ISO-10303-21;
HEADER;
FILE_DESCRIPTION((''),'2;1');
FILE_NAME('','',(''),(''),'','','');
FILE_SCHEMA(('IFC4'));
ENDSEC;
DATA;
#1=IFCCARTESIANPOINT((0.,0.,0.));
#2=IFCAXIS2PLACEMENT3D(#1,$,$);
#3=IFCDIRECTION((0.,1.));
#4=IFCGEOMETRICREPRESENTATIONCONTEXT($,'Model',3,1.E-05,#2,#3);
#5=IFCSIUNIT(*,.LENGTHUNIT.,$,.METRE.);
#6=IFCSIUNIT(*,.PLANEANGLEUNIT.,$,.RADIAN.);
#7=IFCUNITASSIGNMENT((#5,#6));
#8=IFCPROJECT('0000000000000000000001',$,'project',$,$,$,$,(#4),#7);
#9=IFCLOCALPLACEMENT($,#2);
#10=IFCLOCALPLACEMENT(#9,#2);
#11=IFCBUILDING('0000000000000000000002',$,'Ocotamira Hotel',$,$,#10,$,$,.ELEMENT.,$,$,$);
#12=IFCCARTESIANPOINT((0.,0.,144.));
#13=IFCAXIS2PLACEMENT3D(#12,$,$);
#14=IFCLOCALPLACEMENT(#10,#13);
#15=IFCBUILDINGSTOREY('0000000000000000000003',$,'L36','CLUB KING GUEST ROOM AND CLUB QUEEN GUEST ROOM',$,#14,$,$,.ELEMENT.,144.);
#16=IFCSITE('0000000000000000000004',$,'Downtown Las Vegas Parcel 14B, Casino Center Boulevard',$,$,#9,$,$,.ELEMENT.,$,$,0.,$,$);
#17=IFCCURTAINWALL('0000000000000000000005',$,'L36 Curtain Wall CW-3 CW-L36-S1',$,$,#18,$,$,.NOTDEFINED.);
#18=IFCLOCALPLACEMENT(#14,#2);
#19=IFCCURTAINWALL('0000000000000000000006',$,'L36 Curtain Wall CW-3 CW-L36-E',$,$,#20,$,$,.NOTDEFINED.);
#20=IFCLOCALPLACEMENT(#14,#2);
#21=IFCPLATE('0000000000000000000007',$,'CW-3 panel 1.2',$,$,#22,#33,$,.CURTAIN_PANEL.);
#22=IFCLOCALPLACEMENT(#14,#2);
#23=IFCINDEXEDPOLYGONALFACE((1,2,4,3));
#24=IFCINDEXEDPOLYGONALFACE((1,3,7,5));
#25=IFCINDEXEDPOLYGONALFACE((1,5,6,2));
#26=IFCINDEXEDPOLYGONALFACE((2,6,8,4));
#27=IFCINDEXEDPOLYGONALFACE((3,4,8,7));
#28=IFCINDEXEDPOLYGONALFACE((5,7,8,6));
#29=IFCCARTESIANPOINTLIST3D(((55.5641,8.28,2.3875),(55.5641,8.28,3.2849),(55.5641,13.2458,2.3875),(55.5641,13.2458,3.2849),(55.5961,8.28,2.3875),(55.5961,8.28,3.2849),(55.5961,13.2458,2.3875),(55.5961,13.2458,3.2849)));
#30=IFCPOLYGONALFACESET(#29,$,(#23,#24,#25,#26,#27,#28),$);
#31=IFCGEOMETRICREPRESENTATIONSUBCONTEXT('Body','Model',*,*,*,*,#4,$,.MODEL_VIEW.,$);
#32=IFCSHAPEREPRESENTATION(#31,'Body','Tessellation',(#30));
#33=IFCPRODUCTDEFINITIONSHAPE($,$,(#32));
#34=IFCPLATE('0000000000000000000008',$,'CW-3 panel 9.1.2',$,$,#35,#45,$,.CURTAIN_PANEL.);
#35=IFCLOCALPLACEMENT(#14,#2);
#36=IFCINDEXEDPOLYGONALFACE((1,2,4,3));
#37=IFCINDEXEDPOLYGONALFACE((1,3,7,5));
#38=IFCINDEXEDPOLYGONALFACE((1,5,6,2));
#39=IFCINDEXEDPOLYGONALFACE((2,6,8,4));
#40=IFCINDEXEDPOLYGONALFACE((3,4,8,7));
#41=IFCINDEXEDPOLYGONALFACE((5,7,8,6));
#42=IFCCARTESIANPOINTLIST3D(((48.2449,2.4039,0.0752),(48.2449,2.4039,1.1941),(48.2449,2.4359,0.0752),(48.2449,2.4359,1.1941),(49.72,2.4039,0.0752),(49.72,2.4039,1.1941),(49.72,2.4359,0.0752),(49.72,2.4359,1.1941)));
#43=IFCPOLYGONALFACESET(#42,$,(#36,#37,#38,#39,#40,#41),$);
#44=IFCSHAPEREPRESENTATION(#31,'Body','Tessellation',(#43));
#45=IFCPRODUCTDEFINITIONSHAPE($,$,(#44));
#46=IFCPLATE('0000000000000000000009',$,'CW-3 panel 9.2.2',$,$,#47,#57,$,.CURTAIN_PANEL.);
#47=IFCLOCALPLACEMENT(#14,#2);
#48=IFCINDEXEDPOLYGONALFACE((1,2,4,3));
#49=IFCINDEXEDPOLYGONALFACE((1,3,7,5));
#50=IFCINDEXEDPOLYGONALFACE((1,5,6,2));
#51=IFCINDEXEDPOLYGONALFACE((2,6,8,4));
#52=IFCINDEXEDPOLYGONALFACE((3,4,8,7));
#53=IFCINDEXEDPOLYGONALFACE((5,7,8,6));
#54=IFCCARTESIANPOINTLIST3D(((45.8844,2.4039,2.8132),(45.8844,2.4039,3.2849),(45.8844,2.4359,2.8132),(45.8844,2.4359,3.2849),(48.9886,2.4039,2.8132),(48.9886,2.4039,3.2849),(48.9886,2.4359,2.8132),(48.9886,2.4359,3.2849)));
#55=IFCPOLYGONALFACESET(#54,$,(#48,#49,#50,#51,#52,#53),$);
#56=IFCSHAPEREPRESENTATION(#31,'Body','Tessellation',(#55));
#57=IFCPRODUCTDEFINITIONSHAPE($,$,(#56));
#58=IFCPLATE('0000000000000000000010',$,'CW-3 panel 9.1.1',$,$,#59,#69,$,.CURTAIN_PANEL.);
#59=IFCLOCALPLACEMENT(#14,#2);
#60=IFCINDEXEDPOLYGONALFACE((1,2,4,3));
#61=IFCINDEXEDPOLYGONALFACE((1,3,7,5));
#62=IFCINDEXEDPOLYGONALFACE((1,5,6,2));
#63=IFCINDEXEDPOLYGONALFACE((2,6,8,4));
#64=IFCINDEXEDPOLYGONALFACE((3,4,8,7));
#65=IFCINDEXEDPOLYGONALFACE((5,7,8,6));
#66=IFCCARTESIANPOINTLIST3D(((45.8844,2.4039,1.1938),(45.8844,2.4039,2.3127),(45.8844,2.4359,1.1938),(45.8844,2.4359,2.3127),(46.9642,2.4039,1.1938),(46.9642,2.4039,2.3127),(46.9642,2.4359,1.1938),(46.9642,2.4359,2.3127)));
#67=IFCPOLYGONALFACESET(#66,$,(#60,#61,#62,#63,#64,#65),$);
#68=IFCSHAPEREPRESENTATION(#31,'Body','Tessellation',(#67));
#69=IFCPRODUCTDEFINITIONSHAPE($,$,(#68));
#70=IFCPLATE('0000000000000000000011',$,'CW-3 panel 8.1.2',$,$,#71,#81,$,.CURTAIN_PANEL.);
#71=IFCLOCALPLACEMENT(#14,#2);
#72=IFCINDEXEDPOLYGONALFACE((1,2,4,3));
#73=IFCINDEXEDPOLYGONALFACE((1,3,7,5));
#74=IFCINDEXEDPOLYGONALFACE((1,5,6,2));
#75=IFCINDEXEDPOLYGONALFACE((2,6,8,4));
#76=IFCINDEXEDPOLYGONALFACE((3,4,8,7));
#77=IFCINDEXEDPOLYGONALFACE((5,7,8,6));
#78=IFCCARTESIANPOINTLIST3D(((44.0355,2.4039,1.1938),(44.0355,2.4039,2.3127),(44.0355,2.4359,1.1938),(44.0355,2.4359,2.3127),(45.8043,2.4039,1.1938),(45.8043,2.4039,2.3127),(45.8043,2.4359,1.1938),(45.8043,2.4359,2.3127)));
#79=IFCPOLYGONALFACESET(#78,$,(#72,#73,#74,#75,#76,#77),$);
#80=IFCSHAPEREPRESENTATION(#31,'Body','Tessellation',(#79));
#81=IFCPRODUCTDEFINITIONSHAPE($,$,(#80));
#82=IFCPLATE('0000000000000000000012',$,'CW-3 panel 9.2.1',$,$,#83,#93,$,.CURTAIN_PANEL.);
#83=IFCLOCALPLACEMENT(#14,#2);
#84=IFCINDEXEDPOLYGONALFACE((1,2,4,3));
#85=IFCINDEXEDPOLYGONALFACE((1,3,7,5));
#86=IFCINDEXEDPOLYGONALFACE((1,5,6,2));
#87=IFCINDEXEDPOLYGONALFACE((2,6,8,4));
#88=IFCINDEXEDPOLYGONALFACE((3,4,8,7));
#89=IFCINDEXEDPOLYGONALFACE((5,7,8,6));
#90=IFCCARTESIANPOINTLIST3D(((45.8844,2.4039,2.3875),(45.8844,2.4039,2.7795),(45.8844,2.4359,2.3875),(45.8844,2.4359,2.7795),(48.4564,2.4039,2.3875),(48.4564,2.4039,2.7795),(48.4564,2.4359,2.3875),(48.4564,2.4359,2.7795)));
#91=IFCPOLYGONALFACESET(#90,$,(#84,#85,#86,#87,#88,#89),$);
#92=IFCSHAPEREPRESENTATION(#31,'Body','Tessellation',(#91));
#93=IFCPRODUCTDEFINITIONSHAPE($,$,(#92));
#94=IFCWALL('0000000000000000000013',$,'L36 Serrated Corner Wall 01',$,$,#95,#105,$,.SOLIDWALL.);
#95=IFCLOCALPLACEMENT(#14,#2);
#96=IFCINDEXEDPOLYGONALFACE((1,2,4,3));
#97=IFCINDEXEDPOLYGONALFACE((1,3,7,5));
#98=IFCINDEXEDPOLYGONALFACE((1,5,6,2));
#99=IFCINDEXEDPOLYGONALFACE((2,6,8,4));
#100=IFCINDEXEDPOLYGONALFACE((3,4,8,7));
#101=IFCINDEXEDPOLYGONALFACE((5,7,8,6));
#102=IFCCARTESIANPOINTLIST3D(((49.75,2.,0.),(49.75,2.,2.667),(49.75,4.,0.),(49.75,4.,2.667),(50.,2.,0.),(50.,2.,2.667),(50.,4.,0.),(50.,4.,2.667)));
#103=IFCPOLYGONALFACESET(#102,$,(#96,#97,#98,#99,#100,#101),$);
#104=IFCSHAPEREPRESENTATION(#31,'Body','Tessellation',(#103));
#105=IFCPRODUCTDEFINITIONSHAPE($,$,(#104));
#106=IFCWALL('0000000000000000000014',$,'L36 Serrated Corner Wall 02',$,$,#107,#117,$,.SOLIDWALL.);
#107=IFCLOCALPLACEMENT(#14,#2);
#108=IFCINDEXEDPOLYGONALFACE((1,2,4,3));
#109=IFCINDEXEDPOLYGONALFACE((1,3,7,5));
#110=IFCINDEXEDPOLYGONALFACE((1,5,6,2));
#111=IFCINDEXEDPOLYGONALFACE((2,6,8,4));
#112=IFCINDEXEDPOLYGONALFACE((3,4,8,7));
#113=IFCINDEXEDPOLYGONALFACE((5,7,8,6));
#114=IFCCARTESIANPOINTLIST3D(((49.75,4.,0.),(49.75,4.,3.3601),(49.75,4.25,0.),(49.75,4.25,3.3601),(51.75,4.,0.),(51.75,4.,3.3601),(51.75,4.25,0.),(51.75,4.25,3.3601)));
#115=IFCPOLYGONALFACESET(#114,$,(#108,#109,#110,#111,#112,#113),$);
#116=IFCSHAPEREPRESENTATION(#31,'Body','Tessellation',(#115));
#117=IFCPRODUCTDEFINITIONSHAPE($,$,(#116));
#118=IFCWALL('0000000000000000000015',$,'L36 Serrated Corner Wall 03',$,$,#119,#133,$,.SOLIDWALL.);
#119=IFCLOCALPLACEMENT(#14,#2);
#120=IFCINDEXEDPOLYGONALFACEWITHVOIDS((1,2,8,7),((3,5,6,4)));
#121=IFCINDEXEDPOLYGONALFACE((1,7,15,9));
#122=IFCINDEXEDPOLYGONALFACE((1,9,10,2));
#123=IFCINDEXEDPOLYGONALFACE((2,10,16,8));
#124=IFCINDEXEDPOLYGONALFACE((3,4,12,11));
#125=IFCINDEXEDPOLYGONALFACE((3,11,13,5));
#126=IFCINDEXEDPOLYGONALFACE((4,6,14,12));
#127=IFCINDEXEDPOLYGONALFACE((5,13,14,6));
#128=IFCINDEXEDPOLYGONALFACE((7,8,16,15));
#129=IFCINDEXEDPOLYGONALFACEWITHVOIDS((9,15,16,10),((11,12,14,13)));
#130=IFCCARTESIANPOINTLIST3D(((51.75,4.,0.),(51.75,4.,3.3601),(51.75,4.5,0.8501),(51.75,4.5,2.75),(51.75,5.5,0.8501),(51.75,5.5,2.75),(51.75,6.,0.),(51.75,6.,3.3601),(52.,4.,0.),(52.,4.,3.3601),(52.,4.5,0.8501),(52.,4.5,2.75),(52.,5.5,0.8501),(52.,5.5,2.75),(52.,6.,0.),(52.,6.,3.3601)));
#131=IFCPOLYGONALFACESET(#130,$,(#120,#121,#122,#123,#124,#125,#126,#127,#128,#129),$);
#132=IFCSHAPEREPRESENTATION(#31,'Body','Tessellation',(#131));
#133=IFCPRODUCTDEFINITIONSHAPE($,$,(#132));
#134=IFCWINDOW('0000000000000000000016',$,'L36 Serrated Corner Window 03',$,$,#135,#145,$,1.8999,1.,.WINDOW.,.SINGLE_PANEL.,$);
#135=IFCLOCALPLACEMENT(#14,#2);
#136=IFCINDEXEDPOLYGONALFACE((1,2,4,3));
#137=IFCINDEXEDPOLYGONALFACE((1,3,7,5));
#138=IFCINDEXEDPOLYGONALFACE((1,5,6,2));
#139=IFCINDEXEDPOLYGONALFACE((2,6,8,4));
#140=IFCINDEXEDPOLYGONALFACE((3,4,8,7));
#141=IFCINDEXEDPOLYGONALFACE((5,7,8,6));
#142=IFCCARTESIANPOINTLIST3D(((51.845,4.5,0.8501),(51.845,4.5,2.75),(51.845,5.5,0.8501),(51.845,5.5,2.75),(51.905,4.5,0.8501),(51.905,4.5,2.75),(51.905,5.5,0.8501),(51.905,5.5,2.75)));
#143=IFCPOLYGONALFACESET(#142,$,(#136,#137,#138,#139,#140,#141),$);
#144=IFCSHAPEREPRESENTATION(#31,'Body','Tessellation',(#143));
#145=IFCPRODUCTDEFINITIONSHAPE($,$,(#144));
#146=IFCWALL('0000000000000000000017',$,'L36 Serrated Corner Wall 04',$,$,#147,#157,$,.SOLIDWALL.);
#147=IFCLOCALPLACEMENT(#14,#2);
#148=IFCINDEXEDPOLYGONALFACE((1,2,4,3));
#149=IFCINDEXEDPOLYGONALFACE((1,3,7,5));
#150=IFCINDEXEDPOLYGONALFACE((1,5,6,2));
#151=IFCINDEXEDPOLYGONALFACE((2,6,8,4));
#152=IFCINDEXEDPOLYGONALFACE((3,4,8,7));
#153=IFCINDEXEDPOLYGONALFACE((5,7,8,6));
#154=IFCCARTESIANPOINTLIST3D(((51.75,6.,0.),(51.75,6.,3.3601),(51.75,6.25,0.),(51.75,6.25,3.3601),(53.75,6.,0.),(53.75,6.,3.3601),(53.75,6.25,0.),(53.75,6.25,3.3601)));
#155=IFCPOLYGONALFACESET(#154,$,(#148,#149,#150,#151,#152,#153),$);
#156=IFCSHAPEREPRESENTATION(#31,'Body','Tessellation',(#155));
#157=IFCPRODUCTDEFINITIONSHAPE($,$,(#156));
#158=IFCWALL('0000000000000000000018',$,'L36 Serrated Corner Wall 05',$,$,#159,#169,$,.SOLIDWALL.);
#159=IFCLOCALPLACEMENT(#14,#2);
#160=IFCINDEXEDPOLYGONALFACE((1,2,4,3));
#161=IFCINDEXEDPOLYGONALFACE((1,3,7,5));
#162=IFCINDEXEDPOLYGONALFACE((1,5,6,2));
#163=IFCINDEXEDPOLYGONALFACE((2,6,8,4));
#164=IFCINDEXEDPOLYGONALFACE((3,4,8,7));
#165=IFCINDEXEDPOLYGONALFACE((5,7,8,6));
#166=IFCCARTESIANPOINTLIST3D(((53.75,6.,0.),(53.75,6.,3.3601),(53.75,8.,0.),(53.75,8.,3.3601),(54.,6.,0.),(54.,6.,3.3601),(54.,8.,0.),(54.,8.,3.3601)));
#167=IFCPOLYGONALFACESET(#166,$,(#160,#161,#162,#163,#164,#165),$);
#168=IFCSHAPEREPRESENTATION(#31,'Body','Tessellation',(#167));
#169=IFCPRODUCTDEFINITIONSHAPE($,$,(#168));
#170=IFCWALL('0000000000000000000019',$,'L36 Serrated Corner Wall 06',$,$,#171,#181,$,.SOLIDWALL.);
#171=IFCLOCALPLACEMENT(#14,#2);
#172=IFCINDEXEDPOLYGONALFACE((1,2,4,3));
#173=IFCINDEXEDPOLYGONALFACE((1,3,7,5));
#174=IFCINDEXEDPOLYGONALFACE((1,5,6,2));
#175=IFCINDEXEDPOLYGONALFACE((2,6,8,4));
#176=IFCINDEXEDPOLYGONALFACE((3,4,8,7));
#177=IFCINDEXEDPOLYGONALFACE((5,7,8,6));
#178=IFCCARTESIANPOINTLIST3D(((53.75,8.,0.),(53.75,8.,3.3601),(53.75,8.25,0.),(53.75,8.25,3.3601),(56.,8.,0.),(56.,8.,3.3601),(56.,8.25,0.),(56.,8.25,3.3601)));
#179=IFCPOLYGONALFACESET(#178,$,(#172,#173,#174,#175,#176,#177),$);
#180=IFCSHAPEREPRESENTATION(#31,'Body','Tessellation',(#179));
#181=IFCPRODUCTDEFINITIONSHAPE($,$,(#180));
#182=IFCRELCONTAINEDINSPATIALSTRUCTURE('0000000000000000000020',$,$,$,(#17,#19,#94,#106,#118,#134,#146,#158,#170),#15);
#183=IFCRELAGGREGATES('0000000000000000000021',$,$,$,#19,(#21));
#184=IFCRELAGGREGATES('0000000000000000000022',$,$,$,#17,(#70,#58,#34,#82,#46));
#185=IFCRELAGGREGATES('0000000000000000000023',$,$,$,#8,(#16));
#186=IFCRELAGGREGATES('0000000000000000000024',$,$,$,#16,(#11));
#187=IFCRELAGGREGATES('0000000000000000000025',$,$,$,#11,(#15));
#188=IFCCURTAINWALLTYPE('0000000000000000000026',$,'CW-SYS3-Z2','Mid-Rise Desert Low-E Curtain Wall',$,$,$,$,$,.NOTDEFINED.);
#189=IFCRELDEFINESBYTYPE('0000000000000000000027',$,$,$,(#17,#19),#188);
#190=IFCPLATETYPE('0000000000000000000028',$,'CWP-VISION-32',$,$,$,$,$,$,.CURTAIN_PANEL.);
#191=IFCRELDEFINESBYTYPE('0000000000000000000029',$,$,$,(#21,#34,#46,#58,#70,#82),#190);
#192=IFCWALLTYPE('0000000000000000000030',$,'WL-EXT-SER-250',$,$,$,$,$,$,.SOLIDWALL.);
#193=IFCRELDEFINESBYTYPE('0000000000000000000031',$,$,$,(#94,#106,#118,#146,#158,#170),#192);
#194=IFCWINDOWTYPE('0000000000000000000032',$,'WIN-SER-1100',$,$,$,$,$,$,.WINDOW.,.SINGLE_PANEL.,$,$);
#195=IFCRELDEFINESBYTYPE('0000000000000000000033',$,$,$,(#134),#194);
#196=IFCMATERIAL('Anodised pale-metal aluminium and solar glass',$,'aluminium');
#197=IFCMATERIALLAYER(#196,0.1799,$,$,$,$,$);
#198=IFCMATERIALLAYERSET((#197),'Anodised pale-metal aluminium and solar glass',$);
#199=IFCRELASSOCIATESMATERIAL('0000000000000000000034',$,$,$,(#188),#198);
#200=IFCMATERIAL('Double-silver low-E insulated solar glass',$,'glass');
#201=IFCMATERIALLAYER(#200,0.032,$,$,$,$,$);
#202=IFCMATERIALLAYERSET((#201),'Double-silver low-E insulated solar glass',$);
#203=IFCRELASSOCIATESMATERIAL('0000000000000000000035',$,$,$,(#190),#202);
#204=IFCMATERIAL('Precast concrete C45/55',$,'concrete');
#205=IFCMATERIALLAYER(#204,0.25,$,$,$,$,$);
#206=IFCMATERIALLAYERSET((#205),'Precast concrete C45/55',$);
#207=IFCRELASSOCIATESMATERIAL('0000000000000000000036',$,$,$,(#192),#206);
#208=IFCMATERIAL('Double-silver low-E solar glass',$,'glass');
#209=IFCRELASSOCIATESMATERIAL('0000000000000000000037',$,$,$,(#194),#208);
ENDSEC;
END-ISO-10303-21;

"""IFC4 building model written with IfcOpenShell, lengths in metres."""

from ifc_helpers import new_model, si_unit, direction, frame, frame_2d, origin, origin_2d, place, context, subcontext, project, spatial, rectangle, extrude, source, transform, mapped, material, layer, layer_set, type_object, element, fill, aggregate, save


model = new_model("IFC4")

# Units and contexts
model_context = context("Model", 3, precision=1e-05, world=origin(), true_north=direction((0.0, 1.0)))
body_context = subcontext(model_context, "Body", "Model", "MODEL_VIEW")
ifc_project = project(units=[si_unit("LENGTHUNIT", "METRE"), si_unit("PLANEANGLEUNIT", "RADIAN")], contexts=[model_context])

# Site, building, storey
site_placement = place(None, origin())
site = spatial("IfcSite", under=ifc_project, at=site_placement, Name="Downtown Las Vegas Parcel 14B, Casino Center Boulevard", CompositionType="ELEMENT", RefElevation=0.0)
building_placement = place(site_placement, origin())
building = spatial("IfcBuilding", under=site, at=building_placement, Name="Ocotamira Hotel", CompositionType="ELEMENT")
storey_placement = place(building_placement, frame((0.0, 0.0, 144.0)))
storey = spatial("IfcBuildingStorey", under=building, at=storey_placement, Name="L36", Description="CLUB KING GUEST ROOM AND CLUB QUEEN GUEST ROOM", CompositionType="ELEMENT", Elevation=144.0)

# Curtain walls
ifc_material_1 = material(Name="Anodised pale-metal aluminium and solar glass", Category="aluminium")
ifc_layer_1 = layer(ifc_material_1, 0.1799)
ifc_layer_set_1 = layer_set([ifc_layer_1], Name="Anodised pale-metal aluminium and solar glass")
curtain_wall_type = type_object("IfcCurtainWallType", Name="CW-SYS3-Z2", Description="Mid-Rise Desert Low-E Curtain Wall", PredefinedType="NOTDEFINED", material=ifc_layer_set_1)
curtain_wall_1_placement = place(storey_placement, origin())
curtain_wall_1 = element("IfcCurtainWall", 1, at=curtain_wall_1_placement, inside=storey, type_object=curtain_wall_type, Name="L36 Curtain Wall CW-3 CW-L36-S1", PredefinedType="NOTDEFINED")
curtain_wall_2_placement = place(storey_placement, origin())
curtain_wall_2 = element("IfcCurtainWall", 2, at=curtain_wall_2_placement, inside=storey, type_object=curtain_wall_type, Name="L36 Curtain Wall CW-3 CW-L36-E", PredefinedType="NOTDEFINED")

# Plates
ifc_material_2 = material(Name="Double-silver low-E insulated solar glass", Category="glass")
ifc_layer_2 = layer(ifc_material_2, 0.032)
ifc_layer_set_2 = layer_set([ifc_layer_2], Name="Double-silver low-E insulated solar glass")
plate_type_1 = type_object("IfcPlateType", Name="CWP-VISION-32", PredefinedType="CURTAIN_PANEL", material=ifc_layer_set_2)
shared_shape_1 = source(origin(), body_context, "Body", "SweptSolid", [
    extrude(rectangle(XDim=4.9658, YDim=0.032, at=origin_2d()), origin(), (0.0, 0.0, 1.0), 0.8975),
])
plate_1_placement = place(storey_placement, frame((55.5801, 10.7629, 2.3875), z_axis=(0.0, 0.0, 1.0), x_axis=(0.0, 1.0, 0.0)))
plate_1 = element("IfcPlate", 3, at=plate_1_placement, type_object=plate_type_1, Name="CW-3 panel 1.2", PredefinedType="CURTAIN_PANEL", context=body_context, shape_type="MappedRepresentation", body=[
    mapped(shared_shape_1, transform((0.0, 0.0, 0.0), scale=1.0)),
])
aggregate(curtain_wall_2, [plate_1])
shared_shape_2 = source(origin(), body_context, "Body", "SweptSolid", [
    extrude(rectangle(XDim=1.4751, YDim=0.032, at=origin_2d()), origin(), (0.0, 0.0, 1.0), 1.1189),
])
plate_2_placement = place(storey_placement, frame((48.9824, 2.4199, 0.0752), z_axis=(0.0, 0.0, 1.0), x_axis=(1.0, 0.0, 0.0)))
plate_2 = element("IfcPlate", 4, at=plate_2_placement, type_object=plate_type_1, Name="CW-3 panel 9.1.2", PredefinedType="CURTAIN_PANEL", context=body_context, shape_type="MappedRepresentation", body=[
    mapped(shared_shape_2, transform((0.0, 0.0, 0.0), scale=1.0)),
])
shared_shape_3 = source(origin(), body_context, "Body", "SweptSolid", [
    extrude(rectangle(XDim=3.1042, YDim=0.032, at=origin_2d()), origin(), (0.0, 0.0, 1.0), 0.4717),
])
plate_3_placement = place(storey_placement, frame((47.4365, 2.4199, 2.8132), z_axis=(0.0, 0.0, 1.0), x_axis=(1.0, 0.0, 0.0)))
plate_3 = element("IfcPlate", 5, at=plate_3_placement, type_object=plate_type_1, Name="CW-3 panel 9.2.2", PredefinedType="CURTAIN_PANEL", context=body_context, shape_type="MappedRepresentation", body=[
    mapped(shared_shape_3, transform((0.0, 0.0, 0.0), scale=1.0)),
])
shared_shape_4 = source(origin(), body_context, "Body", "SweptSolid", [
    extrude(rectangle(XDim=1.0798, YDim=0.032, at=origin_2d()), origin(), (0.0, 0.0, 1.0), 1.1189),
])
plate_4_placement = place(storey_placement, frame((46.4243, 2.4199, 1.1938), z_axis=(0.0, 0.0, 1.0), x_axis=(1.0, 0.0, 0.0)))
plate_4 = element("IfcPlate", 6, at=plate_4_placement, type_object=plate_type_1, Name="CW-3 panel 9.1.1", PredefinedType="CURTAIN_PANEL", context=body_context, shape_type="MappedRepresentation", body=[
    mapped(shared_shape_4, transform((0.0, 0.0, 0.0), scale=1.0)),
])
shared_shape_5 = source(origin(), body_context, "Body", "SweptSolid", [
    extrude(rectangle(XDim=1.7688, YDim=0.032, at=origin_2d()), origin(), (0.0, 0.0, 1.0), 1.1189),
])
plate_5_placement = place(storey_placement, frame((44.9199, 2.4199, 1.1938), z_axis=(0.0, 0.0, 1.0), x_axis=(1.0, 0.0, 0.0)))
plate_5 = element("IfcPlate", 7, at=plate_5_placement, type_object=plate_type_1, Name="CW-3 panel 8.1.2", PredefinedType="CURTAIN_PANEL", context=body_context, shape_type="MappedRepresentation", body=[
    mapped(shared_shape_5, transform((0.0, 0.0, 0.0), scale=1.0)),
])
shared_shape_6 = source(origin(), body_context, "Body", "SweptSolid", [
    extrude(rectangle(XDim=2.572, YDim=0.032, at=origin_2d()), origin(), (0.0, 0.0, 1.0), 0.3921),
])
plate_6_placement = place(storey_placement, frame((47.1704, 2.4199, 2.3875), z_axis=(0.0, 0.0, 1.0), x_axis=(1.0, 0.0, 0.0)))
plate_6 = element("IfcPlate", 8, at=plate_6_placement, type_object=plate_type_1, Name="CW-3 panel 9.2.1", PredefinedType="CURTAIN_PANEL", context=body_context, shape_type="MappedRepresentation", body=[
    mapped(shared_shape_6, transform((0.0, 0.0, 0.0), scale=1.0)),
])
aggregate(curtain_wall_1, [plate_5, plate_4, plate_2, plate_6, plate_3])

# Walls
ifc_material_3 = material(Name="Precast concrete C45/55", Category="concrete")
ifc_layer_3 = layer(ifc_material_3, 0.25)
ifc_layer_set_3 = layer_set([ifc_layer_3], Name="Precast concrete C45/55")
wall_type_1 = type_object("IfcWallType", Name="WL-EXT-SER-250", PredefinedType="SOLIDWALL", material=ifc_layer_set_3)
wall_1_placement = place(storey_placement, frame((49.875, 2.0, 0.0), z_axis=(0.0, 0.0, 1.0), x_axis=(0.0, 1.0, 0.0)))
element("IfcWall", 9, at=wall_1_placement, inside=storey, type_object=wall_type_1, Name="L36 Serrated Corner Wall 01", PredefinedType="SOLIDWALL", context=body_context, shape_type="SweptSolid", body=[
    extrude(rectangle(XDim=2.0, YDim=0.25, at=frame_2d((1.0, 0.0))), origin(), (0.0, 0.0, 1.0), 2.667),
])
wall_2_placement = place(storey_placement, frame((49.75, 4.125, 0.0), z_axis=(0.0, 0.0, 1.0), x_axis=(1.0, 0.0, 0.0)))
element("IfcWall", 10, at=wall_2_placement, inside=storey, type_object=wall_type_1, Name="L36 Serrated Corner Wall 02", PredefinedType="SOLIDWALL", context=body_context, shape_type="SweptSolid", body=[
    extrude(rectangle(XDim=2.0, YDim=0.25, at=frame_2d((1.0, 0.0))), origin(), (0.0, 0.0, 1.0), 3.3601),
])

# Wall, opening, window
wall_3_placement = place(storey_placement, frame((51.875, 4.0, 0.0), z_axis=(0.0, 0.0, 1.0), x_axis=(0.0, 1.0, 0.0)))
wall_3 = element("IfcWall", 11, at=wall_3_placement, inside=storey, type_object=wall_type_1, Name="L36 Serrated Corner Wall 03", PredefinedType="SOLIDWALL", context=body_context, shape_type="SweptSolid", body=[
    extrude(rectangle(XDim=2.0, YDim=0.25, at=frame_2d((1.0, 0.0))), origin(), (0.0, 0.0, 1.0), 3.3601),
])
opening_1_placement = place(wall_3_placement, frame((0.5, 0.0, 0.8501)))
opening_1 = element("IfcOpeningElement", 12, at=opening_1_placement, cuts=wall_3, PredefinedType="OPENING", context=body_context, shape_type="SweptSolid", body=[
    extrude(rectangle(XDim=1.0, YDim=1.8999, at=frame_2d((0.5, 0.95))), frame((0.0, 0.135, 0.0), z_axis=(0.0, -1.0, 0.0), x_axis=(1.0, 0.0, 0.0)), (0.0, 0.0, 1.0), 0.27),
])
ifc_material_4 = material(Name="Double-silver low-E solar glass", Category="glass")
window_type = type_object("IfcWindowType", Name="WIN-SER-1100", PartitioningType="SINGLE_PANEL", PredefinedType="WINDOW", material=ifc_material_4)
shared_shape_7 = source(origin(), body_context, "Body", "SweptSolid", [
    extrude(rectangle(XDim=1.0, YDim=1.8999, at=frame_2d((0.5, 0.95))), frame((0.0, 0.03, 0.0), z_axis=(0.0, -1.0, 0.0), x_axis=(1.0, 0.0, 0.0)), (0.0, 0.0, 1.0), 0.0601),
])
window_placement = place(opening_1_placement, origin())
window = element("IfcWindow", 13, at=window_placement, inside=storey, type_object=window_type, Name="L36 Serrated Corner Window 03", OverallHeight=1.8999, OverallWidth=1.0, PartitioningType="SINGLE_PANEL", PredefinedType="WINDOW", context=body_context, shape_type="MappedRepresentation", body=[
    mapped(shared_shape_7, transform((0.0, 0.0, 0.0), scale=1.0)),
])
fill(opening_1, window)

# Walls
for number, where, z_axis, x_axis, name in (
    (14, (51.75, 6.125, 0.0), (0.0, 0.0, 1.0), (1.0, 0.0, 0.0), "L36 Serrated Corner Wall 04"),
    (15, (53.875, 6.0, 0.0), (0.0, 0.0, 1.0), (0.0, 1.0, 0.0), "L36 Serrated Corner Wall 05"),
):
    element("IfcWall", number, at=place(storey_placement, frame(where, z_axis=z_axis, x_axis=x_axis)), inside=storey, type_object=wall_type_1, Name=name, PredefinedType="SOLIDWALL", context=body_context, shape_type="SweptSolid", body=[
        extrude(rectangle(XDim=2.0, YDim=0.25, at=frame_2d((1.0, 0.0))), origin(), (0.0, 0.0, 1.0), 3.3601),
    ])
wall_4_placement = place(storey_placement, frame((53.75, 8.125, 0.0), z_axis=(0.0, 0.0, 1.0), x_axis=(1.0, 0.0, 0.0)))
element("IfcWall", 16, at=wall_4_placement, inside=storey, type_object=wall_type_1, Name="L36 Serrated Corner Wall 06", PredefinedType="SOLIDWALL", context=body_context, shape_type="SweptSolid", body=[
    extrude(rectangle(XDim=2.25, YDim=0.25, at=frame_2d((1.125, 0.0))), origin(), (0.0, 0.0, 1.0), 3.3601),
])

save(model, "model.ifc")
